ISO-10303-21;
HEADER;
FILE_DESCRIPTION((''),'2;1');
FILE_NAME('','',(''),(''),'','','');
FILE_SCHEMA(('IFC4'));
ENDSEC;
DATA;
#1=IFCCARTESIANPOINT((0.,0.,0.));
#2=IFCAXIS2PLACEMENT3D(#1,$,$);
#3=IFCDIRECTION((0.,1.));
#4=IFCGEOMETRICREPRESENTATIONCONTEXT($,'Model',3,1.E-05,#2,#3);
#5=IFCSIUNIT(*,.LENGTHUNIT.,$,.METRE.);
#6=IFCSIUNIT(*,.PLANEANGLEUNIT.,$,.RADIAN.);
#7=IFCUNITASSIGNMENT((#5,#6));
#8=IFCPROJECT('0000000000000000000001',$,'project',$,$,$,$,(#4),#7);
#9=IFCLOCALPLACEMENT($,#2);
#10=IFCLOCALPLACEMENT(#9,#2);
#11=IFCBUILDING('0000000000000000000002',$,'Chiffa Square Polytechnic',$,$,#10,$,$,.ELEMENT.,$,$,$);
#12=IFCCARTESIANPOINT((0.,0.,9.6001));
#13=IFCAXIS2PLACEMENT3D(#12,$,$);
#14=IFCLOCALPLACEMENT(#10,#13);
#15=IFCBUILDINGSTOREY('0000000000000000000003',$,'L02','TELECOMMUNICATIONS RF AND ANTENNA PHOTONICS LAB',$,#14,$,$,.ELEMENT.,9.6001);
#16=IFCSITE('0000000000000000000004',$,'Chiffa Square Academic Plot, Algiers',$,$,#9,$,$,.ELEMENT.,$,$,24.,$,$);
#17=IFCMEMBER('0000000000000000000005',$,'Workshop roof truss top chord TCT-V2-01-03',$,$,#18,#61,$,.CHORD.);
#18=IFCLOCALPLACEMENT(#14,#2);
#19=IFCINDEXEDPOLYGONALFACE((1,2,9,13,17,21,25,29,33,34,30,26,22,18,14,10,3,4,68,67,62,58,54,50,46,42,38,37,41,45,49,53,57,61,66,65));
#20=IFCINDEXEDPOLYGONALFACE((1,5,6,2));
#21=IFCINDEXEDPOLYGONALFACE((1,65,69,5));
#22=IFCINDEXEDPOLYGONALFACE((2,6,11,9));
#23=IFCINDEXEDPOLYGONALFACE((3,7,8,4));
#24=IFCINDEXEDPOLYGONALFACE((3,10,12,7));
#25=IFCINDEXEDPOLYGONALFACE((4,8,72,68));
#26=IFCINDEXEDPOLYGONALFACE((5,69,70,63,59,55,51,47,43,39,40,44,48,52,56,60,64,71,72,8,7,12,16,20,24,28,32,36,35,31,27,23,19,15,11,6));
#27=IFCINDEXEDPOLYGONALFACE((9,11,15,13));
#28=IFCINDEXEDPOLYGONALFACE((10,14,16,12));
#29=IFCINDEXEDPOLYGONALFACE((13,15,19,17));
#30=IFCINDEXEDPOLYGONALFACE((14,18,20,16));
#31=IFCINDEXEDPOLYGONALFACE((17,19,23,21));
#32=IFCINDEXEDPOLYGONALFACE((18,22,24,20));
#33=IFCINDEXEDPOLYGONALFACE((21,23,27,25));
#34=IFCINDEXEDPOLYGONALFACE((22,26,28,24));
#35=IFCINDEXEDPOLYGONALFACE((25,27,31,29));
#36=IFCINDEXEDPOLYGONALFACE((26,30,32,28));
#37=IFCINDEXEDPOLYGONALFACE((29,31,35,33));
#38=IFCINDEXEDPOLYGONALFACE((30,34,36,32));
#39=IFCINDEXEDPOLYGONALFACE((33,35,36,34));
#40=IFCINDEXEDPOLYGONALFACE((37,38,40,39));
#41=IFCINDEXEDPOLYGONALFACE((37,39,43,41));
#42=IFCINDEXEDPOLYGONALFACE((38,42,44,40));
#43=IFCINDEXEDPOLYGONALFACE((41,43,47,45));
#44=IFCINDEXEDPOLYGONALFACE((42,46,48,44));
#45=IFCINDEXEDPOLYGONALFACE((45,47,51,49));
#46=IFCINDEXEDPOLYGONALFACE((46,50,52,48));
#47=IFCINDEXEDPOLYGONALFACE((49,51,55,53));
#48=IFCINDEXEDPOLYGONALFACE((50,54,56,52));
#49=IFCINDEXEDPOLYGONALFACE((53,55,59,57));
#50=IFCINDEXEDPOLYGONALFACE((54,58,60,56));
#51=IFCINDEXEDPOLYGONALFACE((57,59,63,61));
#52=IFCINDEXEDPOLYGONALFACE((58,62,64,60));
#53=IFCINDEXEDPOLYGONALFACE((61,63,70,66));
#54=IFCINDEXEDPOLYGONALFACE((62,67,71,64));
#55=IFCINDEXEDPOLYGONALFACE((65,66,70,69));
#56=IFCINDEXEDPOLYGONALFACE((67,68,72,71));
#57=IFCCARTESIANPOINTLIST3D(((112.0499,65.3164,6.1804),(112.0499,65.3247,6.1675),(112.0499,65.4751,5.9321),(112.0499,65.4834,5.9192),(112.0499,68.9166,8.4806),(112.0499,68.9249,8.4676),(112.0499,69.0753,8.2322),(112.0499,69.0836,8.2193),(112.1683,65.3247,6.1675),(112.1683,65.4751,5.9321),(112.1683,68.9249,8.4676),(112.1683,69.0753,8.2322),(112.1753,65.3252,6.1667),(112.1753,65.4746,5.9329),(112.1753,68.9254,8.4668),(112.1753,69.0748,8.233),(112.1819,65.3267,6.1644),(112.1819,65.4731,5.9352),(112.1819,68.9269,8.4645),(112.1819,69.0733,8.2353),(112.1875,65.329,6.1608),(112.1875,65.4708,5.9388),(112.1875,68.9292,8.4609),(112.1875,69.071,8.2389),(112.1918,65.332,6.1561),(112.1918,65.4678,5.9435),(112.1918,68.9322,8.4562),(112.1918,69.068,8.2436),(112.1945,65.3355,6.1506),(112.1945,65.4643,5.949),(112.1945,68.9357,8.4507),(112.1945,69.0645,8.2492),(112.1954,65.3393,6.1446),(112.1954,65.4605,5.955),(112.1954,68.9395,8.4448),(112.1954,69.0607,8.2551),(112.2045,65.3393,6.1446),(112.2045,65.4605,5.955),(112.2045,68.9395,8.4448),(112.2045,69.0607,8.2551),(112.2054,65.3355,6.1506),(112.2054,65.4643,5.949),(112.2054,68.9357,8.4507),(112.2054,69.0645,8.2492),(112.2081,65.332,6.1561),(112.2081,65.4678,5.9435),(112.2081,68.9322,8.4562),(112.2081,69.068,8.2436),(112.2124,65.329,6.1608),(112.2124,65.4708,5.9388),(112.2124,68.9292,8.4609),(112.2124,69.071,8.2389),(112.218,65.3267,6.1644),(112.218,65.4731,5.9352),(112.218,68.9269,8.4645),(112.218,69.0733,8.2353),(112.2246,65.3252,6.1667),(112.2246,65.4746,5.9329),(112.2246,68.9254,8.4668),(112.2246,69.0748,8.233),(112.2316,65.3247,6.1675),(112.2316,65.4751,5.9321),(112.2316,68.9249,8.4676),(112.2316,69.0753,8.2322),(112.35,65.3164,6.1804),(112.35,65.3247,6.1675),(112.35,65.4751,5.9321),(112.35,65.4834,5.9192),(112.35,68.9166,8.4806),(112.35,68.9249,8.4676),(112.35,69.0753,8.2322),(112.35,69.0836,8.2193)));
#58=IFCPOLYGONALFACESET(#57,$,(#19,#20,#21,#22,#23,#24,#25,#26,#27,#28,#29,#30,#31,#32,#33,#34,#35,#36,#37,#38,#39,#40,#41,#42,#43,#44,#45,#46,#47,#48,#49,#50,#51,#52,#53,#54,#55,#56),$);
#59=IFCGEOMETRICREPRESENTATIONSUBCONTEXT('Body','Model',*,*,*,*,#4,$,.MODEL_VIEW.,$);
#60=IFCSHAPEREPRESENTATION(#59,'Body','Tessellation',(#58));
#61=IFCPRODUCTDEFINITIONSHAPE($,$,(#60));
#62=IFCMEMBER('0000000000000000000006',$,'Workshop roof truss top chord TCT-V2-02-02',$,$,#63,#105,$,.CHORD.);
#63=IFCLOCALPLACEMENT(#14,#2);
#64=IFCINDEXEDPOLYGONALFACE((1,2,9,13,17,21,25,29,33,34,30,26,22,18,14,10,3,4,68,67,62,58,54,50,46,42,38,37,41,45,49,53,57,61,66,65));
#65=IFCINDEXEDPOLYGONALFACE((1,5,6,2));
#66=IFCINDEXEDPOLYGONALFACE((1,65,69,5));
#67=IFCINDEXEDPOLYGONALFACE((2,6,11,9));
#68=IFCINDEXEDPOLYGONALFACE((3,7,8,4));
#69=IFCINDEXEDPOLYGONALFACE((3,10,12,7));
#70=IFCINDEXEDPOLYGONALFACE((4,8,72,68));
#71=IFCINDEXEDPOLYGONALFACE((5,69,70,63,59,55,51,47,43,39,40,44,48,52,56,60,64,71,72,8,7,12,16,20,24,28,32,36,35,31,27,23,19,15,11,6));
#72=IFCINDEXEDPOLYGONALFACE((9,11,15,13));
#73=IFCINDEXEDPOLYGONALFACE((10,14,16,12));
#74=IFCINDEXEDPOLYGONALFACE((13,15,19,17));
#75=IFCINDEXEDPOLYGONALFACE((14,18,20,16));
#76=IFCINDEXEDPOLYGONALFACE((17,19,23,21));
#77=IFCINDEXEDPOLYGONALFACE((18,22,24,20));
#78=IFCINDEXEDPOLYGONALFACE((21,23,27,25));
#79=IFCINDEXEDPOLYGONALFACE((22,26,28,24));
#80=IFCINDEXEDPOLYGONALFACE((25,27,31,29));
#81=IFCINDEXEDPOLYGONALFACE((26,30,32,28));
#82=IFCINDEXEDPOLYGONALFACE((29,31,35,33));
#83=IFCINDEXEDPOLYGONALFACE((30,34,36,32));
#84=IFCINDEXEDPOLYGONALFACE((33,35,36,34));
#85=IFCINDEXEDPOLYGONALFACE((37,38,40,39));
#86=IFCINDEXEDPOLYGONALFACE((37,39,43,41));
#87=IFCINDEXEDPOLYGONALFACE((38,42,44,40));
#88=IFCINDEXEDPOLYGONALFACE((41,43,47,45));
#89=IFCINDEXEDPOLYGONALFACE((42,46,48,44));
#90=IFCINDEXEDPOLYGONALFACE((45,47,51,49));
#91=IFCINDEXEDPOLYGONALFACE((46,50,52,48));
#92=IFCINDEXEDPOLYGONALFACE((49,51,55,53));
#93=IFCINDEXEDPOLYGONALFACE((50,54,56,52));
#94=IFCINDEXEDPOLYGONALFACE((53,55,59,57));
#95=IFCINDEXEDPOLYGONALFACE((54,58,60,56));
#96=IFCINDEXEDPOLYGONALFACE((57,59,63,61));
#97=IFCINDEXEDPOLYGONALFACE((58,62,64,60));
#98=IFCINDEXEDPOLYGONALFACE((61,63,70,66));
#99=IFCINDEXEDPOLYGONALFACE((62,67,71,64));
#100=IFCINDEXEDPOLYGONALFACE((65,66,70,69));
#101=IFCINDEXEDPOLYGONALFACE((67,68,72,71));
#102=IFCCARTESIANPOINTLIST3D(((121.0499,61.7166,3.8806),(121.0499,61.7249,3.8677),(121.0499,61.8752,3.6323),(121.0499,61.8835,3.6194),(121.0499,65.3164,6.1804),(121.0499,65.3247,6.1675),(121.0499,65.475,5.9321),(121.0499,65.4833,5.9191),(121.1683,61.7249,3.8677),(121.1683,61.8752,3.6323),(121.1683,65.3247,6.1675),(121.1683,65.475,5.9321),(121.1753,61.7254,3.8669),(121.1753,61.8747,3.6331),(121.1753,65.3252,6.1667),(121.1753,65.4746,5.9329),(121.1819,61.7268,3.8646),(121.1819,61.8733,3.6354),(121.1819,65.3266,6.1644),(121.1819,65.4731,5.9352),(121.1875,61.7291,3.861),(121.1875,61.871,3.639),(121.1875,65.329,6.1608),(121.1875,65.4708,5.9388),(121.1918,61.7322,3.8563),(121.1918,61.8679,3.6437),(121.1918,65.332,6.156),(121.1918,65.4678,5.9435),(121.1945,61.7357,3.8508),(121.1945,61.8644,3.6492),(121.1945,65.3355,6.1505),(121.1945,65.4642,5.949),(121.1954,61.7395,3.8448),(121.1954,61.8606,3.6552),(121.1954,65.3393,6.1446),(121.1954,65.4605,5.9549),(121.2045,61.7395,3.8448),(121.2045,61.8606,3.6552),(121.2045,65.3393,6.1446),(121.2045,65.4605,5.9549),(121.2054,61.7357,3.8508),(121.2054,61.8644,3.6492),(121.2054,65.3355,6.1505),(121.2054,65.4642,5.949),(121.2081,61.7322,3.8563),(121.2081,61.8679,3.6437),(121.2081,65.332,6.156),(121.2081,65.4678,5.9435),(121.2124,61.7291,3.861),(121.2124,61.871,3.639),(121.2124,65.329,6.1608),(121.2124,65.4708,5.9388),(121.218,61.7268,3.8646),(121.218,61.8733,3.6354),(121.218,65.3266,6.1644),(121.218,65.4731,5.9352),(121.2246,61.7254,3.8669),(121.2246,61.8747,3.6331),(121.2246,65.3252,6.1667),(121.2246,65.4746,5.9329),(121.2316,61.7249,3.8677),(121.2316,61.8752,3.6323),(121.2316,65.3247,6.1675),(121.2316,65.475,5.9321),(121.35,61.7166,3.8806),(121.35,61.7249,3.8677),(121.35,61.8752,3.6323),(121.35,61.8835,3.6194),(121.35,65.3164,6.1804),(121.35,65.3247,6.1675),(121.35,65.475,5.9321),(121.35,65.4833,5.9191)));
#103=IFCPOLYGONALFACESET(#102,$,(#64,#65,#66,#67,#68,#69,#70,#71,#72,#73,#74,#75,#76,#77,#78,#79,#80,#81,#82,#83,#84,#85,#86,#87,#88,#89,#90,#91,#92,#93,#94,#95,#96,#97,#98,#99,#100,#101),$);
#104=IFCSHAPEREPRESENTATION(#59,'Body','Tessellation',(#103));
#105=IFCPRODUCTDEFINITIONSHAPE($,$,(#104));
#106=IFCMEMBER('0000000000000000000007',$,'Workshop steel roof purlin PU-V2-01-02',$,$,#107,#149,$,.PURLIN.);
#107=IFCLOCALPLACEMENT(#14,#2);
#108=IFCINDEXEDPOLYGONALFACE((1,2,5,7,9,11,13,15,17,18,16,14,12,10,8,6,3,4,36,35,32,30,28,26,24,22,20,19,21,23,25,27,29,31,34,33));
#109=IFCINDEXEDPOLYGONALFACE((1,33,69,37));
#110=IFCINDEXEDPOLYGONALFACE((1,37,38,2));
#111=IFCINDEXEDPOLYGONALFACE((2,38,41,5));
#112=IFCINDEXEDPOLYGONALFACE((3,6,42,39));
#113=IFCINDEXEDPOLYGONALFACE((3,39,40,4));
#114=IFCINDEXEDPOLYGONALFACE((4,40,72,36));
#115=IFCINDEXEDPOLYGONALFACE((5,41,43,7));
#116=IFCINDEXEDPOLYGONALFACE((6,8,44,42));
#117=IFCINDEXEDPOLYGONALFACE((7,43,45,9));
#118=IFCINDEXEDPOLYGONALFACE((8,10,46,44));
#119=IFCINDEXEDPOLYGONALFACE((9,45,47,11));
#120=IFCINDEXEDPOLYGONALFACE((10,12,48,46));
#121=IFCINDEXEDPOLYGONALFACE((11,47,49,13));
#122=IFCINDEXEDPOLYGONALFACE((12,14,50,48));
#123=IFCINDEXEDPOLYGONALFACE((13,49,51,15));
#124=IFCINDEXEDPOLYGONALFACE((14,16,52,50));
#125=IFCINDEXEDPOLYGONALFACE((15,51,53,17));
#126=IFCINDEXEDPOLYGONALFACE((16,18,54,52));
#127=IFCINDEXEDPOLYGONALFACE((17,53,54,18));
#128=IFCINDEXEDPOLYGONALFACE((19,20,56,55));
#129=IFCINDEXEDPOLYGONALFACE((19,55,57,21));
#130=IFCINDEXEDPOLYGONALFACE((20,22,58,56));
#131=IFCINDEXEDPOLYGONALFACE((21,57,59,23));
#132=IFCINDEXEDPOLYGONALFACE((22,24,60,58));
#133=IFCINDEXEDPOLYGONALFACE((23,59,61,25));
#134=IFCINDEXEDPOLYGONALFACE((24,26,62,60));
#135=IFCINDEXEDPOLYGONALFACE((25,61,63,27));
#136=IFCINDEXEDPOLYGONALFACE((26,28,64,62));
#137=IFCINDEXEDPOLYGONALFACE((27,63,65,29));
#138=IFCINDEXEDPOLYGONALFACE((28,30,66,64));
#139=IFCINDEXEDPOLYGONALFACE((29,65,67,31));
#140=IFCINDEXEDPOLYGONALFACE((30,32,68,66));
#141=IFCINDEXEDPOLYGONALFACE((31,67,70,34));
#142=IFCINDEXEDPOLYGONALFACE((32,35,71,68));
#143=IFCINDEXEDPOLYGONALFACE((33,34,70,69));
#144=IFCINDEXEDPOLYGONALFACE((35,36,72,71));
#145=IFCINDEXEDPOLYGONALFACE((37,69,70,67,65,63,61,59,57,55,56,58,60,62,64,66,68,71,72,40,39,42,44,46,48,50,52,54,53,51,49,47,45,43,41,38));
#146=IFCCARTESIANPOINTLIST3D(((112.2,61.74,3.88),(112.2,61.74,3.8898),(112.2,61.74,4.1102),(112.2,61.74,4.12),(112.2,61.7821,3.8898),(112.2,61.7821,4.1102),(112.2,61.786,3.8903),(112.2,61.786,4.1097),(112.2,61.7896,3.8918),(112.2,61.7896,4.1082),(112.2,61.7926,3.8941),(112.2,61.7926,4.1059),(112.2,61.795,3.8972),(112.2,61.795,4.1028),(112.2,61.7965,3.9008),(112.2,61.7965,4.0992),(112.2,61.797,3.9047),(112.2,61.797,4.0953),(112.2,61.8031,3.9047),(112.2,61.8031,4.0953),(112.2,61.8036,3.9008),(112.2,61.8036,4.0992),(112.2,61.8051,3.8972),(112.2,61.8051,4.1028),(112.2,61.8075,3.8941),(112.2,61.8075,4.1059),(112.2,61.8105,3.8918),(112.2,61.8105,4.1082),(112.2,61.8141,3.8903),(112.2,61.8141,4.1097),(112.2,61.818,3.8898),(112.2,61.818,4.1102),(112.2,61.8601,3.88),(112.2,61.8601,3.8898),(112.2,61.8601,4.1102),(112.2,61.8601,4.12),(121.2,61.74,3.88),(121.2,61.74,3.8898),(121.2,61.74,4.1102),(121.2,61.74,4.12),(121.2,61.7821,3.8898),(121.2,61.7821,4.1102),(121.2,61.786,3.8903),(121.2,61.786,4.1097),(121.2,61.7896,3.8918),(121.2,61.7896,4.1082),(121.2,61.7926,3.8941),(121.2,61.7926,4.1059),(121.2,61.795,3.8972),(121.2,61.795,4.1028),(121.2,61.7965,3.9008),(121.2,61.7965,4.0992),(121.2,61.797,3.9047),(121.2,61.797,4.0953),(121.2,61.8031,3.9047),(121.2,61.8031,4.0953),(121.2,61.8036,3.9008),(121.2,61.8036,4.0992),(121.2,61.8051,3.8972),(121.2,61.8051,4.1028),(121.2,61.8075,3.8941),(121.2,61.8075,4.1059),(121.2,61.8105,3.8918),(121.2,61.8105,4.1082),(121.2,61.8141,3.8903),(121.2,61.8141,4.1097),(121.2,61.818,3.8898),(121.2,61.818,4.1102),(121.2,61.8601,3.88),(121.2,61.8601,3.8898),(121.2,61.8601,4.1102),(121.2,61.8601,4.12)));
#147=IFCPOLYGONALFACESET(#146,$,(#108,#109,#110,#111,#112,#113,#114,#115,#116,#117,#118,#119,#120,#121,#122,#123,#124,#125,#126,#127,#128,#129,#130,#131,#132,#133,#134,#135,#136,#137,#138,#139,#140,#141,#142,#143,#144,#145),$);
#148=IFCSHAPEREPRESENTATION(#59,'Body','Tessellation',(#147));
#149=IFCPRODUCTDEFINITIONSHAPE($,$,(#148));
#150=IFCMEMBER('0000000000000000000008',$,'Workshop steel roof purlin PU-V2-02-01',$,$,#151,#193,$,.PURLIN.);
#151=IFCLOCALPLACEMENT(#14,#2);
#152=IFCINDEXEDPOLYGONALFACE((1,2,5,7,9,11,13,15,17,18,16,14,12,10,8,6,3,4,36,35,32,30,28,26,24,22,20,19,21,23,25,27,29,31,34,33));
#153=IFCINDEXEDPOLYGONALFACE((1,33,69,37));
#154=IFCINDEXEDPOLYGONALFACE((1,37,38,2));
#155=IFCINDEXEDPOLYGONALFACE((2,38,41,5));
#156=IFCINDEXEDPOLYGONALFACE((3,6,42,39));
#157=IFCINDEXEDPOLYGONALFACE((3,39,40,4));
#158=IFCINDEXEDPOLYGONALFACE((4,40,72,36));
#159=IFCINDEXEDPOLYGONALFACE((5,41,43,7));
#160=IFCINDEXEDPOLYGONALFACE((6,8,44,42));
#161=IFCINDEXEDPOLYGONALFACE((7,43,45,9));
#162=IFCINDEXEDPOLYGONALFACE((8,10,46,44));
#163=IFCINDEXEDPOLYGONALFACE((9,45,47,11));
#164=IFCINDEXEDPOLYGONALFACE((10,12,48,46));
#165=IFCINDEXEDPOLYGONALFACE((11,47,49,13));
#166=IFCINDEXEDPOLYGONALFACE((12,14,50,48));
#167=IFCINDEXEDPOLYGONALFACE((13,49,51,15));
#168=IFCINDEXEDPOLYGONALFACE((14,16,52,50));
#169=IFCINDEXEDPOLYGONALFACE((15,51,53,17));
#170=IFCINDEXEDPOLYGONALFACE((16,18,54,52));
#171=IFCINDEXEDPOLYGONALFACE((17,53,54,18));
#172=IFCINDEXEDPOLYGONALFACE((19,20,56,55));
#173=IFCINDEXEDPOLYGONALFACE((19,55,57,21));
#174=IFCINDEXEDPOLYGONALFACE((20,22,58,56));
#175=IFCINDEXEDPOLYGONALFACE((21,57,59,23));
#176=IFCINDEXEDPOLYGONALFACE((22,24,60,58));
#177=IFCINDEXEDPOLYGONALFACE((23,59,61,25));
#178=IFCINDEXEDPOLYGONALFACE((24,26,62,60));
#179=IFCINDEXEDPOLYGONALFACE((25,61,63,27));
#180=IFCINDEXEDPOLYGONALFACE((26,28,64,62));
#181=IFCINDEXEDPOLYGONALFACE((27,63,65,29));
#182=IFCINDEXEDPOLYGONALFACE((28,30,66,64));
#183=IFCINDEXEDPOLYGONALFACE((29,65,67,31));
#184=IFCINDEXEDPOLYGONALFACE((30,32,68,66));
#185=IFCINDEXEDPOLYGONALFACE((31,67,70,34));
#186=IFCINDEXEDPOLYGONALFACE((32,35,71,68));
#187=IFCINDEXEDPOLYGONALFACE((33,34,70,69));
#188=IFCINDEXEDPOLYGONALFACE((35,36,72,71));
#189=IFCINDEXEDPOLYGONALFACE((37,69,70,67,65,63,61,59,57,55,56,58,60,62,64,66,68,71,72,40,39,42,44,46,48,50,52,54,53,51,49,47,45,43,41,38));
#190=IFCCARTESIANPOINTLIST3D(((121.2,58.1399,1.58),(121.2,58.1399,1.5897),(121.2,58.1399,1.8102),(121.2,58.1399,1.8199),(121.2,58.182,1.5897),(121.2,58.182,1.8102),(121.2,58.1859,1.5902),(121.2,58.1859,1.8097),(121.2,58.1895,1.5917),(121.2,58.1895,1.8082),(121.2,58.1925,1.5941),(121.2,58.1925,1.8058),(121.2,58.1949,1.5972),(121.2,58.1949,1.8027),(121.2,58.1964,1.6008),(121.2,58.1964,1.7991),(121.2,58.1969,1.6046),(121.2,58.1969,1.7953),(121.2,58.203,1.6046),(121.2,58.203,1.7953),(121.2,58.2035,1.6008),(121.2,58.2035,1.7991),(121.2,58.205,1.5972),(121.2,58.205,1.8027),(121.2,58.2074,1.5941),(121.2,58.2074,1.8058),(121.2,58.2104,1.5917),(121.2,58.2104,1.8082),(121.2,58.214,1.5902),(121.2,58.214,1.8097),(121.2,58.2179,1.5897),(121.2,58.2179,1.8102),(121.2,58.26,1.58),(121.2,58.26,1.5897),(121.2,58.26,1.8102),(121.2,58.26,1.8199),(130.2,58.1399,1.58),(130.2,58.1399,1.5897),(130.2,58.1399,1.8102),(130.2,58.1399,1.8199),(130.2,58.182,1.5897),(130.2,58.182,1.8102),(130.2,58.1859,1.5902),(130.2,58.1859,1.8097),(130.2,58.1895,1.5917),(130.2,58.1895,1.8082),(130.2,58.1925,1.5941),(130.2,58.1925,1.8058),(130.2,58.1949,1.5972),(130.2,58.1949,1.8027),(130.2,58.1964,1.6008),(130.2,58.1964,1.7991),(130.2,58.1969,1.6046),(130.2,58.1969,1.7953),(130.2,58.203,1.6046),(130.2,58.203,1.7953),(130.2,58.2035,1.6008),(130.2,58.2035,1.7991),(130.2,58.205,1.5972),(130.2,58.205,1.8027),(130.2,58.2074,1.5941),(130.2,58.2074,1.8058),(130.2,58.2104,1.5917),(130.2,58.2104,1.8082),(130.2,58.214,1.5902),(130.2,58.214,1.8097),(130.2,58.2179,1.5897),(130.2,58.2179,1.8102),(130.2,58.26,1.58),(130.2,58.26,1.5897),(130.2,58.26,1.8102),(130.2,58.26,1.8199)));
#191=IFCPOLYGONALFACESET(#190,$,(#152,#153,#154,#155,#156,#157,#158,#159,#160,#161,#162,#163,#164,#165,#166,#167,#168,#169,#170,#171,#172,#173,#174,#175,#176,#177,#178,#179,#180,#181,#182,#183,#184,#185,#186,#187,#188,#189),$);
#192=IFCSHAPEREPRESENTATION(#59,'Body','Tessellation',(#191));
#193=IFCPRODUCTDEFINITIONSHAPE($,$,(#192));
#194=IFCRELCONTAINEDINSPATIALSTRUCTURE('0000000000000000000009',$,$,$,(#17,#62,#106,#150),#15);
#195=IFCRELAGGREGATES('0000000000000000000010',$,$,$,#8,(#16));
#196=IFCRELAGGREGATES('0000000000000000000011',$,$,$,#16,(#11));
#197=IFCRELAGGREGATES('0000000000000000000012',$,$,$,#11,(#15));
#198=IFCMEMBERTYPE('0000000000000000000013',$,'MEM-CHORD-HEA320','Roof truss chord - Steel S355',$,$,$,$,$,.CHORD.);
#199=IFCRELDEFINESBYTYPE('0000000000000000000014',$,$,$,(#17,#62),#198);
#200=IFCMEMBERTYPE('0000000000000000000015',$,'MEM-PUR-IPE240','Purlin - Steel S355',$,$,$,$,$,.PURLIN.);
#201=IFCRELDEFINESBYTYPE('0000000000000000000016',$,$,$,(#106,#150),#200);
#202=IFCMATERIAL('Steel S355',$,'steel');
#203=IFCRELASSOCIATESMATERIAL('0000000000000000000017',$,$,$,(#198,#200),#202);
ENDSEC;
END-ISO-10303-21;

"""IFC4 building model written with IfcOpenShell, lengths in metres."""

from ifc_helpers import new_model, si_unit, direction, frame, origin, origin_2d, place, context, subcontext, project, spatial, i_section, extrude, material, material_profile, profile_set, type_object, element, save


model = new_model("IFC4")

# Units and contexts
model_context = context("Model", 3, precision=1e-05, world=origin(), true_north=direction((0.0, 1.0)))
body_context = subcontext(model_context, "Body", "Model", "MODEL_VIEW")
ifc_project = project(units=[si_unit("LENGTHUNIT", "METRE"), si_unit("PLANEANGLEUNIT", "RADIAN")], contexts=[model_context])

# Site, building, storey
site_placement = place(None, origin())
site = spatial("IfcSite", under=ifc_project, at=site_placement, Name="Chiffa Square Academic Plot, Algiers", CompositionType="ELEMENT", RefElevation=24.0)
building_placement = place(site_placement, origin())
building = spatial("IfcBuilding", under=site, at=building_placement, Name="Chiffa Square Polytechnic", CompositionType="ELEMENT")
storey_placement = place(building_placement, frame((0.0, 0.0, 9.6001)))
storey = spatial("IfcBuildingStorey", under=building, at=storey_placement, Name="L02", Description="TELECOMMUNICATIONS RF AND ANTENNA PHOTONICS LAB", CompositionType="ELEMENT", Elevation=9.6001)

# Shared definitions
ifc_material_1 = material(Name="Steel S355", Category="steel")

# Members
ifc_material_profile_1 = material_profile(ifc_material_1, i_section(OverallWidth=0.3, OverallDepth=0.3101, WebThickness=0.009, FlangeThickness=0.0154, FilletRadius=0.0271, at=origin_2d()), Name="HEA 320")
ifc_profile_set_1 = profile_set([ifc_material_profile_1], Name="Steel S355")
member_type_1 = type_object("IfcMemberType", Name="MEM-CHORD-HEA320", Description="Roof truss chord - Steel S355", PredefinedType="CHORD", material=ifc_profile_set_1)
member_1_placement = place(storey_placement, frame((112.2, 65.3999, 6.0498), z_axis=(0.0, 0.842698, 0.538387), x_axis=(-1.0, 0.0, 0.0)))
element("IfcMember", 1, at=member_1_placement, inside=storey, type_object=member_type_1, Name="Workshop roof truss top chord TCT-V2-01-03", PredefinedType="CHORD", context=body_context, shape_type="SweptSolid", body=[
    extrude(i_section(OverallWidth=0.3, OverallDepth=0.3101, WebThickness=0.009, FlangeThickness=0.0154, FilletRadius=0.0271, at=origin_2d()), origin(), (0.0, 0.0, 1.0), 4.2722),
])
member_2_placement = place(storey_placement, frame((121.2, 61.8, 3.75), z_axis=(0.0, 0.842707, 0.538372), x_axis=(-1.0, 0.0, 0.0)))
element("IfcMember", 2, at=member_2_placement, inside=storey, type_object=member_type_1, Name="Workshop roof truss top chord TCT-V2-02-02", PredefinedType="CHORD", context=body_context, shape_type="SweptSolid", body=[
    extrude(i_section(OverallWidth=0.3, OverallDepth=0.3101, WebThickness=0.009, FlangeThickness=0.0154, FilletRadius=0.0271, at=origin_2d()), origin(), (0.0, 0.0, 1.0), 4.2717),
])
ifc_material_profile_2 = material_profile(ifc_material_1, i_section(OverallWidth=0.1201, OverallDepth=0.24, WebThickness=0.0061, FlangeThickness=0.0098, FilletRadius=0.0149, at=origin_2d()), Name="IPE 240")
ifc_profile_set_2 = profile_set([ifc_material_profile_2], Name="Steel S355")
member_type_2 = type_object("IfcMemberType", Name="MEM-PUR-IPE240", Description="Purlin - Steel S355", PredefinedType="PURLIN", material=ifc_profile_set_2)
for number, where, z_axis, x_axis, name in (
    (3, (112.2, 61.8, 4.0), (1.0, 0.0, 0.0), (0.0, 1.0, 0.0), "Workshop steel roof purlin PU-V2-01-02"),
    (4, (121.2, 58.2, 1.7), (1.0, 0.0, 0.0), (0.0, 1.0, 0.0), "Workshop steel roof purlin PU-V2-02-01"),
):
    element("IfcMember", number, at=place(storey_placement, frame(where, z_axis=z_axis, x_axis=x_axis)), inside=storey, type_object=member_type_2, Name=name, PredefinedType="PURLIN", context=body_context, shape_type="SweptSolid", body=[
        extrude(i_section(OverallWidth=0.1201, OverallDepth=0.24, WebThickness=0.0061, FlangeThickness=0.0098, FilletRadius=0.0149, at=origin_2d()), origin(), (0.0, 0.0, 1.0), 9.0),
    ])

save(model, "model.ifc")
